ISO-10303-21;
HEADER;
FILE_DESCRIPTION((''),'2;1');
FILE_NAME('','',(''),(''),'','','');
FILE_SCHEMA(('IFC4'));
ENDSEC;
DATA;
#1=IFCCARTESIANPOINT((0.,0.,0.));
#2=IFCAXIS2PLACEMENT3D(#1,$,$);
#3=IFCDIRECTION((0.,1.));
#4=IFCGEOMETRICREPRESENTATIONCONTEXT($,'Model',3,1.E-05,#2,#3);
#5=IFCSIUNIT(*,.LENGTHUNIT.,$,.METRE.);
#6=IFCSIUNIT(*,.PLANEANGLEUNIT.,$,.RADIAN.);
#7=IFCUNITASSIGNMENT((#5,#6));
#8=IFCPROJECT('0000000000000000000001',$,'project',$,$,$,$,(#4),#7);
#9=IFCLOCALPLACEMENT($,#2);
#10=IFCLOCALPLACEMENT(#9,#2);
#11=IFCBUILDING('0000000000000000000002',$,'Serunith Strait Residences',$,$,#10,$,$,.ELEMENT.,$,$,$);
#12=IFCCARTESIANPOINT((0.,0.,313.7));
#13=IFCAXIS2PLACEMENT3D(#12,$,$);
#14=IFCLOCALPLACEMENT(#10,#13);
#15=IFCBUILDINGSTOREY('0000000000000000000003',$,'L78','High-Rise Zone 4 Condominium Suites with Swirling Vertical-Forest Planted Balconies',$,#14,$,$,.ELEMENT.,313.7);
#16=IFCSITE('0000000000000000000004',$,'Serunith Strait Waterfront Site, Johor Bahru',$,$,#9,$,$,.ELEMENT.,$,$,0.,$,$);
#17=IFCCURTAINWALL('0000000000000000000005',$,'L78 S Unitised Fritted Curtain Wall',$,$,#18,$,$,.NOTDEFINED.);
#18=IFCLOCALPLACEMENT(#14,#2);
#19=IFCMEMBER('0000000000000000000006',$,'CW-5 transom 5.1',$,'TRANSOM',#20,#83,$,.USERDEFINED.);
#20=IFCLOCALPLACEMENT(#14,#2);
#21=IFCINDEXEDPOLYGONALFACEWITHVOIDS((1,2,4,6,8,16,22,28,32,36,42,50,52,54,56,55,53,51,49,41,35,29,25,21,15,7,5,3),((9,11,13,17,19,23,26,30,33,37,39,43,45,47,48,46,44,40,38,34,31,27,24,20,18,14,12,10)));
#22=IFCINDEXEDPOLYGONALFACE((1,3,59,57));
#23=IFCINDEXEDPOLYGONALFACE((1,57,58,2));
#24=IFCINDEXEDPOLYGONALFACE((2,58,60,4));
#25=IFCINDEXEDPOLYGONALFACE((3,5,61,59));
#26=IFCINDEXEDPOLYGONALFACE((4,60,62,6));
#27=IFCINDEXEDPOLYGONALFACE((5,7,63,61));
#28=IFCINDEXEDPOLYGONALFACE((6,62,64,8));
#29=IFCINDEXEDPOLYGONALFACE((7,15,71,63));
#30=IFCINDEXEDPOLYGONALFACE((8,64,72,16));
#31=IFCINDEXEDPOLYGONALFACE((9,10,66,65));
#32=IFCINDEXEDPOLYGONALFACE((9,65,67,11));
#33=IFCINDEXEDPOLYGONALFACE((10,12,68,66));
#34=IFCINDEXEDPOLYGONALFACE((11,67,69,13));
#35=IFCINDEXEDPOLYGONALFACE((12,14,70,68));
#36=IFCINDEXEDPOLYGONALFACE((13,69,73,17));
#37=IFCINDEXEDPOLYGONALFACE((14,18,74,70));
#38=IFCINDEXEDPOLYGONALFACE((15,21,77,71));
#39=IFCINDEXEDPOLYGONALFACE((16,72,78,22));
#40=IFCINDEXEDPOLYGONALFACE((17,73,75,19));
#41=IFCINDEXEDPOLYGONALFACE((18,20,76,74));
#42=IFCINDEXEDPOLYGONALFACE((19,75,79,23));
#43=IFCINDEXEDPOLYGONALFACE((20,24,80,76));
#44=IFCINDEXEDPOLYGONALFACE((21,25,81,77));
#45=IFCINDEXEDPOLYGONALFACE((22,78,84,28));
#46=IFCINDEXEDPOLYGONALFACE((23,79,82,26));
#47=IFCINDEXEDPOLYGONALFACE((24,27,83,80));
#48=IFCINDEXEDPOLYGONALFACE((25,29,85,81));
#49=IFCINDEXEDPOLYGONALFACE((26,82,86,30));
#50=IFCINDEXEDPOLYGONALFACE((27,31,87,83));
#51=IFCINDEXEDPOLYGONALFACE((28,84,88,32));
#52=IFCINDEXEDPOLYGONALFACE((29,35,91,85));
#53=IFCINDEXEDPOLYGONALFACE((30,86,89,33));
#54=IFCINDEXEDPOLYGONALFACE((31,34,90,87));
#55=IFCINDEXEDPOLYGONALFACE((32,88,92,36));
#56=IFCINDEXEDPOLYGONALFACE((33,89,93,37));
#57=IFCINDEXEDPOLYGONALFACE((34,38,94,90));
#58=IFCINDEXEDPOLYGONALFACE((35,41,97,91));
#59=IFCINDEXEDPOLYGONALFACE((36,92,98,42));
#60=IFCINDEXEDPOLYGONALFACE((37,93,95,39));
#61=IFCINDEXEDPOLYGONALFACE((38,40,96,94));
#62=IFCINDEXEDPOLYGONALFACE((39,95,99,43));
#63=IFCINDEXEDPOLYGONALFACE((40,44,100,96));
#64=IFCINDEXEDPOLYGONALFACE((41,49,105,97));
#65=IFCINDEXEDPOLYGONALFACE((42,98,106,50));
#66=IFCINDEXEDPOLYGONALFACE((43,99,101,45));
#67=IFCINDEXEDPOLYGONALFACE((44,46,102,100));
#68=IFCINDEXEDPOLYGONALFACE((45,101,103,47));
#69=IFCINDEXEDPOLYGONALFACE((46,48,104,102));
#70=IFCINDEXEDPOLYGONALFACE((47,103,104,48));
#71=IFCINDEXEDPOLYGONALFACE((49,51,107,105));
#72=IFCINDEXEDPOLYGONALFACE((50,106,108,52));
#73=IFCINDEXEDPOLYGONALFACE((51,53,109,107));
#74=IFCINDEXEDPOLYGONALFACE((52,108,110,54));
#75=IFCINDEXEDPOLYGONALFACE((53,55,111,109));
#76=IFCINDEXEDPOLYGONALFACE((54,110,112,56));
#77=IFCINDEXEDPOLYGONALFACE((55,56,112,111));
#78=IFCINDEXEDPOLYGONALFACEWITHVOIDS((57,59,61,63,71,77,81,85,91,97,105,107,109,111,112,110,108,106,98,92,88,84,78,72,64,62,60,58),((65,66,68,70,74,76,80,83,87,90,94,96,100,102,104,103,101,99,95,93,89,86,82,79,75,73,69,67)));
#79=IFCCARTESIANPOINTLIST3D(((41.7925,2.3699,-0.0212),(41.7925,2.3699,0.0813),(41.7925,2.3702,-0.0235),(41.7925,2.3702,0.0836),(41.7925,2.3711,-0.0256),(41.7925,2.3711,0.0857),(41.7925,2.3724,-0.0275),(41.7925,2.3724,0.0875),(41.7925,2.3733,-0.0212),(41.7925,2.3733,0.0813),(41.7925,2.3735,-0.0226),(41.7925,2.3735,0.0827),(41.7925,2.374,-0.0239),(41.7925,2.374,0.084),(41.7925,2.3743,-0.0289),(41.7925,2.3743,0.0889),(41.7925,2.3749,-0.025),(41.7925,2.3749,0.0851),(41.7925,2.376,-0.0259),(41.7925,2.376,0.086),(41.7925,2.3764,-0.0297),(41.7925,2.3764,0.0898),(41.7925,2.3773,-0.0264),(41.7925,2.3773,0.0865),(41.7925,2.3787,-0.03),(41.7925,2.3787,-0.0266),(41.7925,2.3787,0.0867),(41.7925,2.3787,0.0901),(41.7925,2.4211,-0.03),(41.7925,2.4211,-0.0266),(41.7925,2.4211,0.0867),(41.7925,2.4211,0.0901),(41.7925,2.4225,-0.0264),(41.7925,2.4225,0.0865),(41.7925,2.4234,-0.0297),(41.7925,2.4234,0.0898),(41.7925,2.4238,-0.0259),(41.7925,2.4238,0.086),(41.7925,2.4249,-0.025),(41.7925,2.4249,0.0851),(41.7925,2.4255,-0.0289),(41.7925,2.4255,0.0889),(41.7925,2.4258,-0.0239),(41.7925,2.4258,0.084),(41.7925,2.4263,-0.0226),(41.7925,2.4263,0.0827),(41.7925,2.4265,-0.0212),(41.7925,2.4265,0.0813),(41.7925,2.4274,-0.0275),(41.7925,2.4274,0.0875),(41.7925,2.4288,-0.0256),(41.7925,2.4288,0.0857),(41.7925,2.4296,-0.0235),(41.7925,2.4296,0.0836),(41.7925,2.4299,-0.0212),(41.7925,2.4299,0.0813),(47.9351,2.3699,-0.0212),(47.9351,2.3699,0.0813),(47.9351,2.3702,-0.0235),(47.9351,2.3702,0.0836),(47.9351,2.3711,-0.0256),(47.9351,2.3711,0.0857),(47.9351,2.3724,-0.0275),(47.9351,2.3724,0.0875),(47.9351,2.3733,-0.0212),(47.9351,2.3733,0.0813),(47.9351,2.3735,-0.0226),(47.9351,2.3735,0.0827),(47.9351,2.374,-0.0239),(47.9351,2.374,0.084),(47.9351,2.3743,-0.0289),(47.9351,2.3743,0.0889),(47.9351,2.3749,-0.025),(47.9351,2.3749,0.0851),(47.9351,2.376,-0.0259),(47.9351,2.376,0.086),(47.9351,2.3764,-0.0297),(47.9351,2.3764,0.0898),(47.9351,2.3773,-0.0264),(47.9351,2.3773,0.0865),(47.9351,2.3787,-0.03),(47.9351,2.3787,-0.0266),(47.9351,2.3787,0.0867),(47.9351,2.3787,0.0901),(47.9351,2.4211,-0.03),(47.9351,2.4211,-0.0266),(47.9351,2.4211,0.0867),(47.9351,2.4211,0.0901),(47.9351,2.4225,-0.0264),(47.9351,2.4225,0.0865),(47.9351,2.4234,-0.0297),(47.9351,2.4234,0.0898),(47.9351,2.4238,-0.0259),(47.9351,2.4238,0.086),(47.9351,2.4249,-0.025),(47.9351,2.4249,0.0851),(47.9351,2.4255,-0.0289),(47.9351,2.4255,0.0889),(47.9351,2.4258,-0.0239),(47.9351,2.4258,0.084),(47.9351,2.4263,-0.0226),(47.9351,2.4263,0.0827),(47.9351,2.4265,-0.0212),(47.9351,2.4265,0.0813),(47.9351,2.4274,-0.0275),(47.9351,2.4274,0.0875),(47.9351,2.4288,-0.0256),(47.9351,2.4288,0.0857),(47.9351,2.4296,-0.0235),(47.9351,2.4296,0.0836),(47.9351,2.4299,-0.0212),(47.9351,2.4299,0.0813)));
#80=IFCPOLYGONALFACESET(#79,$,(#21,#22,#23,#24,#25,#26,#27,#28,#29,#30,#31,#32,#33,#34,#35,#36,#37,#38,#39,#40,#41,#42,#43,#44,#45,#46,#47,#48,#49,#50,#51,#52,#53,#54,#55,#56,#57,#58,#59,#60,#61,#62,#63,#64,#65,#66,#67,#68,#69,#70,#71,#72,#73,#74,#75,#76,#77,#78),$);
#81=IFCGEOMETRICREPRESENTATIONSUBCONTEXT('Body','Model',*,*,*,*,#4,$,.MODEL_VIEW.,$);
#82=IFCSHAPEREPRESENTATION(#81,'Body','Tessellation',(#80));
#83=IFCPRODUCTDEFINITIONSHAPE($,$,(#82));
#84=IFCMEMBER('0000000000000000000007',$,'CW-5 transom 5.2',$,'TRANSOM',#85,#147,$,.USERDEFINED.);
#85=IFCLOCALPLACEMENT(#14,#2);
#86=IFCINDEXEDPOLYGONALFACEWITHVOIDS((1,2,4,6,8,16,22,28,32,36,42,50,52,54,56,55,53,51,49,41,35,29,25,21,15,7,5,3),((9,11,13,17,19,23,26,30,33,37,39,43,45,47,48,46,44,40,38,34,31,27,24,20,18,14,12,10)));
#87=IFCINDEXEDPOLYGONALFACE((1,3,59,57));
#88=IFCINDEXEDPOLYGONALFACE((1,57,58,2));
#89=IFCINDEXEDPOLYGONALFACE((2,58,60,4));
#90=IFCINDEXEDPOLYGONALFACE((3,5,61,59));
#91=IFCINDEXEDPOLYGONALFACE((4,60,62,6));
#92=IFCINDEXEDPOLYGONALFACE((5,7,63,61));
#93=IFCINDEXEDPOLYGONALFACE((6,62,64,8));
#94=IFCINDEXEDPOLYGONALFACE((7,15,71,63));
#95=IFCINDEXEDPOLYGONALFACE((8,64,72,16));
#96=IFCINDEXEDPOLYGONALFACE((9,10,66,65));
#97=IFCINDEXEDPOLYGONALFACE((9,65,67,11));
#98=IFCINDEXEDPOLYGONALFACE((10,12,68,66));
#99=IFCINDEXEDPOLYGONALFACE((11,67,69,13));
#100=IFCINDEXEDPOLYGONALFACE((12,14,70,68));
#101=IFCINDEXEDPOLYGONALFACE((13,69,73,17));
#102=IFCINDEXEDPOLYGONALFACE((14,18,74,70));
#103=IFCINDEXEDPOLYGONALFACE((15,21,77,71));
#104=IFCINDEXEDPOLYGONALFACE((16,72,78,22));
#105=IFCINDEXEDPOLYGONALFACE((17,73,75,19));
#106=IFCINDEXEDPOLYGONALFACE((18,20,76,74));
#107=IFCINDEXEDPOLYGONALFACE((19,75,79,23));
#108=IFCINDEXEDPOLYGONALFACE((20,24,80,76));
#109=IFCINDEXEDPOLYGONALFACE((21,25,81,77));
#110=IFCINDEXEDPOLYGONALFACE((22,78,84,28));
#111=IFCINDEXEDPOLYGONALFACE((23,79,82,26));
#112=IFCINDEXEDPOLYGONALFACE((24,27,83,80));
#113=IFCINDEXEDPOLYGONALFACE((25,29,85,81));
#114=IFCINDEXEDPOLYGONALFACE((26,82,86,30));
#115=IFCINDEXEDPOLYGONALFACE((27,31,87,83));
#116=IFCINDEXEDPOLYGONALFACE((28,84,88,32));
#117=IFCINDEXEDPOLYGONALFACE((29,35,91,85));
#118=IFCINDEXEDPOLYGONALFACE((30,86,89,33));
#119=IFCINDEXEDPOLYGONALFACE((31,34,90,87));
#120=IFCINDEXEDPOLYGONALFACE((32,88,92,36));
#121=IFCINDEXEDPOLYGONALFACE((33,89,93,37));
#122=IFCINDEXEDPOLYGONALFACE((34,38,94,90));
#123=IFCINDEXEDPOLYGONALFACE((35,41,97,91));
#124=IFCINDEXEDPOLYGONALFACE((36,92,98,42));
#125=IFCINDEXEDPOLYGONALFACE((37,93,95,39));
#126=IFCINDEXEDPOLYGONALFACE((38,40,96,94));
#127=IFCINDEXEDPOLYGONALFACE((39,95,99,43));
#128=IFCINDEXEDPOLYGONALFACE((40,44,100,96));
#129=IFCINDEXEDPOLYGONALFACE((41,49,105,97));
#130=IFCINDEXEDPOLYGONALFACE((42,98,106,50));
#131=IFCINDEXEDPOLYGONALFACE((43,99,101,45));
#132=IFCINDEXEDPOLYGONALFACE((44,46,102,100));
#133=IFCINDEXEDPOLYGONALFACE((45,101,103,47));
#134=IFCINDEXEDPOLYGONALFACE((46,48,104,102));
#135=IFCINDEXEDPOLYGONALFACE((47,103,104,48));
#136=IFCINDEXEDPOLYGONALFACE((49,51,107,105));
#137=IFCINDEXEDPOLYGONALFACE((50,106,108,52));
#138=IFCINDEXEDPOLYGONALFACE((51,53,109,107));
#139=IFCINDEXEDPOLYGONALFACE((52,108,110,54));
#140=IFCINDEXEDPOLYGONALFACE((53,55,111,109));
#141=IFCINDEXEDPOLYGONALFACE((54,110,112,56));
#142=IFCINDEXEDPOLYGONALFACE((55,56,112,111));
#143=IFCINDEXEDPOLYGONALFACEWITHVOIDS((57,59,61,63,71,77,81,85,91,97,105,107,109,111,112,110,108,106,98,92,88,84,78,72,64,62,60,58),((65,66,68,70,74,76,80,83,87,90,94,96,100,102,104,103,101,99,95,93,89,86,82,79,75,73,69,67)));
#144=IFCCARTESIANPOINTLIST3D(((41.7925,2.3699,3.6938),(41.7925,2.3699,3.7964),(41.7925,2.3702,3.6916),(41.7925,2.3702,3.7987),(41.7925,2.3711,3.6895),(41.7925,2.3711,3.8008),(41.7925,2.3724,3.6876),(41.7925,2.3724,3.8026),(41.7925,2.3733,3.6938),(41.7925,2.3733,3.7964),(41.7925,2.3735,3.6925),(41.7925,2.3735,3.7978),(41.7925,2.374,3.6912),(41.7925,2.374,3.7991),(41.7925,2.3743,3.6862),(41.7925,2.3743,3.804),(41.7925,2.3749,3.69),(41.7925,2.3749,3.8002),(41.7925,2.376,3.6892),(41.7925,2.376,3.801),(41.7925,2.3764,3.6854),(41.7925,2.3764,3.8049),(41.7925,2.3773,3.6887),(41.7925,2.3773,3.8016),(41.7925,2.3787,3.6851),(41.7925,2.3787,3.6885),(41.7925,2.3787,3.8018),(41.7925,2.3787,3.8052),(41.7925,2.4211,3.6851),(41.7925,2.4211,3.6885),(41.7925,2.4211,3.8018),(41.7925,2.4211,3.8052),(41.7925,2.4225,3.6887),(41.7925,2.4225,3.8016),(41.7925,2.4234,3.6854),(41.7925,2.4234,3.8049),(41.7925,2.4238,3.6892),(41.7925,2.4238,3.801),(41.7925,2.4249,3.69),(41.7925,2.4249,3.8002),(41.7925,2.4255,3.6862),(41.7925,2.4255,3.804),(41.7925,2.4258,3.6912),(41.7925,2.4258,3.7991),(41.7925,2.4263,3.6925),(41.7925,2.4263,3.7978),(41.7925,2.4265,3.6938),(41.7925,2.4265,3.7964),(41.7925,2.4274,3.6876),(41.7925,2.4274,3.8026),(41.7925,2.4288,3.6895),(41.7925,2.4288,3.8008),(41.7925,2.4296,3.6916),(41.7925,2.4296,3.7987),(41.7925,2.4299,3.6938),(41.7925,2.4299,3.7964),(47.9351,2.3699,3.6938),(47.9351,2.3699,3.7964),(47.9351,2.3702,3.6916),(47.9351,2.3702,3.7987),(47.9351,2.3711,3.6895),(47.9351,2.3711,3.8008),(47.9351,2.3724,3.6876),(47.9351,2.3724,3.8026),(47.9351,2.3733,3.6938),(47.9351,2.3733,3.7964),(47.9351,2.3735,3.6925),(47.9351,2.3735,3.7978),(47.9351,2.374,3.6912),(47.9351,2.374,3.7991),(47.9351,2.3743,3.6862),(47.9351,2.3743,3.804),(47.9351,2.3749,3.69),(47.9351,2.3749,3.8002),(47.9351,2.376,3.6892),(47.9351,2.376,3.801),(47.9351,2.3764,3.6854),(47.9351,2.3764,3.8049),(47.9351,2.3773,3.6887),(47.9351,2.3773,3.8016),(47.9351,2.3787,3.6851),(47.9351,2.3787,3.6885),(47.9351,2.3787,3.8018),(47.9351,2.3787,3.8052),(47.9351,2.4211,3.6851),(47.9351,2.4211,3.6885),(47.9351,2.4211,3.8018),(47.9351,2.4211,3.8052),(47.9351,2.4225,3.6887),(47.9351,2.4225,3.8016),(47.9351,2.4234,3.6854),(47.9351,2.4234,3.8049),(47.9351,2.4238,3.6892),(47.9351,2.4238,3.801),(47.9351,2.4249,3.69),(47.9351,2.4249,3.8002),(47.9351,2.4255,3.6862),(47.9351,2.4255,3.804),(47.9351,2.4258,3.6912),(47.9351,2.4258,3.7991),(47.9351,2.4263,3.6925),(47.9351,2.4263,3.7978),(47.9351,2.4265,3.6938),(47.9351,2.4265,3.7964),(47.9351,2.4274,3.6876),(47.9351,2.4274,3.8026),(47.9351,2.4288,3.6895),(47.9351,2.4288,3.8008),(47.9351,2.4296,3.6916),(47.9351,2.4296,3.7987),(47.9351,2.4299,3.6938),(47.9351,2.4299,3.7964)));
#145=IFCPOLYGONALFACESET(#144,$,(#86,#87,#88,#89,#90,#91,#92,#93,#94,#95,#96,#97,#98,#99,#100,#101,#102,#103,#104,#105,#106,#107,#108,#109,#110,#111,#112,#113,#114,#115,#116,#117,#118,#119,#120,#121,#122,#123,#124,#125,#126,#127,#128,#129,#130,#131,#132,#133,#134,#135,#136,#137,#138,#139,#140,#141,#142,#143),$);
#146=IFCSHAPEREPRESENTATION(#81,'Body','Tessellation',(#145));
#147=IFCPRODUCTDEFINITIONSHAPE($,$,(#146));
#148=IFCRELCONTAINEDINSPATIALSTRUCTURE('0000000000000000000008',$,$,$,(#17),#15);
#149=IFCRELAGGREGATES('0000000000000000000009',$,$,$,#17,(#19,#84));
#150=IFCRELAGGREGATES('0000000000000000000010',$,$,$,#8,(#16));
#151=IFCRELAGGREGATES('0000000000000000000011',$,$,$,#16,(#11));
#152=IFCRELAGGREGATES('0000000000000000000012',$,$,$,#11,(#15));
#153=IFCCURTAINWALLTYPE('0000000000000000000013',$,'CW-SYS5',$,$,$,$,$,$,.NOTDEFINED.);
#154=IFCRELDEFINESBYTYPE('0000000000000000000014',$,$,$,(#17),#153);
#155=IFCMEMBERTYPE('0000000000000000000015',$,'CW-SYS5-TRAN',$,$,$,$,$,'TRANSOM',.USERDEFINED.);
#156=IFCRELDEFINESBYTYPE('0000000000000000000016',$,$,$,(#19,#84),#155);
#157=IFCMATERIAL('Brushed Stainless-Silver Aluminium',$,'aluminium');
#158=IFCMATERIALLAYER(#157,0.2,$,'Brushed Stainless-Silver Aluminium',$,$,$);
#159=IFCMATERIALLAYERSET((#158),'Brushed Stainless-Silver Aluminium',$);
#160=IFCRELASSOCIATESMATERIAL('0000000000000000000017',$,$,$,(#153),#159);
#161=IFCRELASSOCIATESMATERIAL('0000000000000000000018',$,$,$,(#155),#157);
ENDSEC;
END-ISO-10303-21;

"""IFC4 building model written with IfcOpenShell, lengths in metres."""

from ifc_helpers import new_model, si_unit, direction, frame, origin, origin_2d, place, context, subcontext, project, spatial, hollow_rectangle, extrude, source, transform, mapped, material, layer, layer_set, material_profile, profile_set, type_object, element, aggregate, save


model = new_model("IFC4")

# Units and contexts
model_context = context("Model", 3, precision=1e-05, world=origin(), true_north=direction((0.0, 1.0)))
body_context = subcontext(model_context, "Body", "Model", "MODEL_VIEW")
ifc_project = project(units=[si_unit("LENGTHUNIT", "METRE"), si_unit("PLANEANGLEUNIT", "RADIAN")], contexts=[model_context])

# Site, building, storey
site_placement = place(None, origin())
site = spatial("IfcSite", under=ifc_project, at=site_placement, Name="Serunith Strait Waterfront Site, Johor Bahru", CompositionType="ELEMENT", RefElevation=0.0)
building_placement = place(site_placement, origin())
building = spatial("IfcBuilding", under=site, at=building_placement, Name="Serunith Strait Residences", CompositionType="ELEMENT")
storey_placement = place(building_placement, frame((0.0, 0.0, 313.7)))
storey = spatial("IfcBuildingStorey", under=building, at=storey_placement, Name="L78", Description="High-Rise Zone 4 Condominium Suites with Swirling Vertical-Forest Planted Balconies", CompositionType="ELEMENT", Elevation=313.7)

# Curtain wall
ifc_material_1 = material(Name="Brushed Stainless-Silver Aluminium", Category="aluminium")
ifc_layer_1 = layer(ifc_material_1, 0.2, Name="Brushed Stainless-Silver Aluminium")
ifc_layer_set_1 = layer_set([ifc_layer_1], Name="Brushed Stainless-Silver Aluminium")
curtain_wall_type = type_object("IfcCurtainWallType", Name="CW-SYS5", PredefinedType="NOTDEFINED", material=ifc_layer_set_1)
curtain_wall_1_placement = place(storey_placement, origin())
curtain_wall_1 = element("IfcCurtainWall", 1, at=curtain_wall_1_placement, inside=storey, type_object=curtain_wall_type, Name="L78 S Unitised Fritted Curtain Wall", PredefinedType="NOTDEFINED")

# Members
ifc_material_profile_1 = material_profile(ifc_material_1, hollow_rectangle(XDim=0.0601, YDim=0.1201, WallThickness=0.0034, InnerFilletRadius=0.0054, OuterFilletRadius=0.0088, at=origin_2d()), Name="ALU 120x60x3.5")
ifc_profile_set_1 = profile_set([ifc_material_profile_1], Name="Brushed Stainless-Silver Aluminium")
member_type_1 = type_object("IfcMemberType", Name="CW-SYS5-TRAN", ElementType="TRANSOM", PredefinedType="USERDEFINED", material=ifc_profile_set_1)
shared_shape_1 = source(origin(), body_context, "Body", "SweptSolid", [
    extrude(hollow_rectangle(XDim=0.0601, YDim=0.1201, WallThickness=0.0034, InnerFilletRadius=0.0054, OuterFilletRadius=0.0088, at=origin_2d()), origin(), (0.0, 0.0, 1.0), 6.1426),
])
member_1_placement = place(storey_placement, frame((41.7925, 2.3999, 0.03), z_axis=(1.0, 0.0, 0.0), x_axis=(0.0, 1.0, 0.0)))
member_1 = element("IfcMember", 2, at=member_1_placement, type_object=member_type_1, Name="CW-5 transom 5.1", ObjectType="TRANSOM", PredefinedType="USERDEFINED", context=body_context, shape_type="MappedRepresentation", body=[
    mapped(shared_shape_1, transform((0.0, 0.0, 0.0), scale=1.0)),
])
member_2_placement = place(storey_placement, frame((41.7925, 2.3999, 3.7451), z_axis=(1.0, 0.0, 0.0), x_axis=(0.0, 1.0, 0.0)))
member_2 = element("IfcMember", 3, at=member_2_placement, type_object=member_type_1, Name="CW-5 transom 5.2", ObjectType="TRANSOM", PredefinedType="USERDEFINED", context=body_context, shape_type="MappedRepresentation", body=[
    mapped(shared_shape_1, transform((0.0, 0.0, 0.0), scale=1.0)),
])

aggregate(curtain_wall_1, [member_1, member_2])

save(model, "model.ifc")
